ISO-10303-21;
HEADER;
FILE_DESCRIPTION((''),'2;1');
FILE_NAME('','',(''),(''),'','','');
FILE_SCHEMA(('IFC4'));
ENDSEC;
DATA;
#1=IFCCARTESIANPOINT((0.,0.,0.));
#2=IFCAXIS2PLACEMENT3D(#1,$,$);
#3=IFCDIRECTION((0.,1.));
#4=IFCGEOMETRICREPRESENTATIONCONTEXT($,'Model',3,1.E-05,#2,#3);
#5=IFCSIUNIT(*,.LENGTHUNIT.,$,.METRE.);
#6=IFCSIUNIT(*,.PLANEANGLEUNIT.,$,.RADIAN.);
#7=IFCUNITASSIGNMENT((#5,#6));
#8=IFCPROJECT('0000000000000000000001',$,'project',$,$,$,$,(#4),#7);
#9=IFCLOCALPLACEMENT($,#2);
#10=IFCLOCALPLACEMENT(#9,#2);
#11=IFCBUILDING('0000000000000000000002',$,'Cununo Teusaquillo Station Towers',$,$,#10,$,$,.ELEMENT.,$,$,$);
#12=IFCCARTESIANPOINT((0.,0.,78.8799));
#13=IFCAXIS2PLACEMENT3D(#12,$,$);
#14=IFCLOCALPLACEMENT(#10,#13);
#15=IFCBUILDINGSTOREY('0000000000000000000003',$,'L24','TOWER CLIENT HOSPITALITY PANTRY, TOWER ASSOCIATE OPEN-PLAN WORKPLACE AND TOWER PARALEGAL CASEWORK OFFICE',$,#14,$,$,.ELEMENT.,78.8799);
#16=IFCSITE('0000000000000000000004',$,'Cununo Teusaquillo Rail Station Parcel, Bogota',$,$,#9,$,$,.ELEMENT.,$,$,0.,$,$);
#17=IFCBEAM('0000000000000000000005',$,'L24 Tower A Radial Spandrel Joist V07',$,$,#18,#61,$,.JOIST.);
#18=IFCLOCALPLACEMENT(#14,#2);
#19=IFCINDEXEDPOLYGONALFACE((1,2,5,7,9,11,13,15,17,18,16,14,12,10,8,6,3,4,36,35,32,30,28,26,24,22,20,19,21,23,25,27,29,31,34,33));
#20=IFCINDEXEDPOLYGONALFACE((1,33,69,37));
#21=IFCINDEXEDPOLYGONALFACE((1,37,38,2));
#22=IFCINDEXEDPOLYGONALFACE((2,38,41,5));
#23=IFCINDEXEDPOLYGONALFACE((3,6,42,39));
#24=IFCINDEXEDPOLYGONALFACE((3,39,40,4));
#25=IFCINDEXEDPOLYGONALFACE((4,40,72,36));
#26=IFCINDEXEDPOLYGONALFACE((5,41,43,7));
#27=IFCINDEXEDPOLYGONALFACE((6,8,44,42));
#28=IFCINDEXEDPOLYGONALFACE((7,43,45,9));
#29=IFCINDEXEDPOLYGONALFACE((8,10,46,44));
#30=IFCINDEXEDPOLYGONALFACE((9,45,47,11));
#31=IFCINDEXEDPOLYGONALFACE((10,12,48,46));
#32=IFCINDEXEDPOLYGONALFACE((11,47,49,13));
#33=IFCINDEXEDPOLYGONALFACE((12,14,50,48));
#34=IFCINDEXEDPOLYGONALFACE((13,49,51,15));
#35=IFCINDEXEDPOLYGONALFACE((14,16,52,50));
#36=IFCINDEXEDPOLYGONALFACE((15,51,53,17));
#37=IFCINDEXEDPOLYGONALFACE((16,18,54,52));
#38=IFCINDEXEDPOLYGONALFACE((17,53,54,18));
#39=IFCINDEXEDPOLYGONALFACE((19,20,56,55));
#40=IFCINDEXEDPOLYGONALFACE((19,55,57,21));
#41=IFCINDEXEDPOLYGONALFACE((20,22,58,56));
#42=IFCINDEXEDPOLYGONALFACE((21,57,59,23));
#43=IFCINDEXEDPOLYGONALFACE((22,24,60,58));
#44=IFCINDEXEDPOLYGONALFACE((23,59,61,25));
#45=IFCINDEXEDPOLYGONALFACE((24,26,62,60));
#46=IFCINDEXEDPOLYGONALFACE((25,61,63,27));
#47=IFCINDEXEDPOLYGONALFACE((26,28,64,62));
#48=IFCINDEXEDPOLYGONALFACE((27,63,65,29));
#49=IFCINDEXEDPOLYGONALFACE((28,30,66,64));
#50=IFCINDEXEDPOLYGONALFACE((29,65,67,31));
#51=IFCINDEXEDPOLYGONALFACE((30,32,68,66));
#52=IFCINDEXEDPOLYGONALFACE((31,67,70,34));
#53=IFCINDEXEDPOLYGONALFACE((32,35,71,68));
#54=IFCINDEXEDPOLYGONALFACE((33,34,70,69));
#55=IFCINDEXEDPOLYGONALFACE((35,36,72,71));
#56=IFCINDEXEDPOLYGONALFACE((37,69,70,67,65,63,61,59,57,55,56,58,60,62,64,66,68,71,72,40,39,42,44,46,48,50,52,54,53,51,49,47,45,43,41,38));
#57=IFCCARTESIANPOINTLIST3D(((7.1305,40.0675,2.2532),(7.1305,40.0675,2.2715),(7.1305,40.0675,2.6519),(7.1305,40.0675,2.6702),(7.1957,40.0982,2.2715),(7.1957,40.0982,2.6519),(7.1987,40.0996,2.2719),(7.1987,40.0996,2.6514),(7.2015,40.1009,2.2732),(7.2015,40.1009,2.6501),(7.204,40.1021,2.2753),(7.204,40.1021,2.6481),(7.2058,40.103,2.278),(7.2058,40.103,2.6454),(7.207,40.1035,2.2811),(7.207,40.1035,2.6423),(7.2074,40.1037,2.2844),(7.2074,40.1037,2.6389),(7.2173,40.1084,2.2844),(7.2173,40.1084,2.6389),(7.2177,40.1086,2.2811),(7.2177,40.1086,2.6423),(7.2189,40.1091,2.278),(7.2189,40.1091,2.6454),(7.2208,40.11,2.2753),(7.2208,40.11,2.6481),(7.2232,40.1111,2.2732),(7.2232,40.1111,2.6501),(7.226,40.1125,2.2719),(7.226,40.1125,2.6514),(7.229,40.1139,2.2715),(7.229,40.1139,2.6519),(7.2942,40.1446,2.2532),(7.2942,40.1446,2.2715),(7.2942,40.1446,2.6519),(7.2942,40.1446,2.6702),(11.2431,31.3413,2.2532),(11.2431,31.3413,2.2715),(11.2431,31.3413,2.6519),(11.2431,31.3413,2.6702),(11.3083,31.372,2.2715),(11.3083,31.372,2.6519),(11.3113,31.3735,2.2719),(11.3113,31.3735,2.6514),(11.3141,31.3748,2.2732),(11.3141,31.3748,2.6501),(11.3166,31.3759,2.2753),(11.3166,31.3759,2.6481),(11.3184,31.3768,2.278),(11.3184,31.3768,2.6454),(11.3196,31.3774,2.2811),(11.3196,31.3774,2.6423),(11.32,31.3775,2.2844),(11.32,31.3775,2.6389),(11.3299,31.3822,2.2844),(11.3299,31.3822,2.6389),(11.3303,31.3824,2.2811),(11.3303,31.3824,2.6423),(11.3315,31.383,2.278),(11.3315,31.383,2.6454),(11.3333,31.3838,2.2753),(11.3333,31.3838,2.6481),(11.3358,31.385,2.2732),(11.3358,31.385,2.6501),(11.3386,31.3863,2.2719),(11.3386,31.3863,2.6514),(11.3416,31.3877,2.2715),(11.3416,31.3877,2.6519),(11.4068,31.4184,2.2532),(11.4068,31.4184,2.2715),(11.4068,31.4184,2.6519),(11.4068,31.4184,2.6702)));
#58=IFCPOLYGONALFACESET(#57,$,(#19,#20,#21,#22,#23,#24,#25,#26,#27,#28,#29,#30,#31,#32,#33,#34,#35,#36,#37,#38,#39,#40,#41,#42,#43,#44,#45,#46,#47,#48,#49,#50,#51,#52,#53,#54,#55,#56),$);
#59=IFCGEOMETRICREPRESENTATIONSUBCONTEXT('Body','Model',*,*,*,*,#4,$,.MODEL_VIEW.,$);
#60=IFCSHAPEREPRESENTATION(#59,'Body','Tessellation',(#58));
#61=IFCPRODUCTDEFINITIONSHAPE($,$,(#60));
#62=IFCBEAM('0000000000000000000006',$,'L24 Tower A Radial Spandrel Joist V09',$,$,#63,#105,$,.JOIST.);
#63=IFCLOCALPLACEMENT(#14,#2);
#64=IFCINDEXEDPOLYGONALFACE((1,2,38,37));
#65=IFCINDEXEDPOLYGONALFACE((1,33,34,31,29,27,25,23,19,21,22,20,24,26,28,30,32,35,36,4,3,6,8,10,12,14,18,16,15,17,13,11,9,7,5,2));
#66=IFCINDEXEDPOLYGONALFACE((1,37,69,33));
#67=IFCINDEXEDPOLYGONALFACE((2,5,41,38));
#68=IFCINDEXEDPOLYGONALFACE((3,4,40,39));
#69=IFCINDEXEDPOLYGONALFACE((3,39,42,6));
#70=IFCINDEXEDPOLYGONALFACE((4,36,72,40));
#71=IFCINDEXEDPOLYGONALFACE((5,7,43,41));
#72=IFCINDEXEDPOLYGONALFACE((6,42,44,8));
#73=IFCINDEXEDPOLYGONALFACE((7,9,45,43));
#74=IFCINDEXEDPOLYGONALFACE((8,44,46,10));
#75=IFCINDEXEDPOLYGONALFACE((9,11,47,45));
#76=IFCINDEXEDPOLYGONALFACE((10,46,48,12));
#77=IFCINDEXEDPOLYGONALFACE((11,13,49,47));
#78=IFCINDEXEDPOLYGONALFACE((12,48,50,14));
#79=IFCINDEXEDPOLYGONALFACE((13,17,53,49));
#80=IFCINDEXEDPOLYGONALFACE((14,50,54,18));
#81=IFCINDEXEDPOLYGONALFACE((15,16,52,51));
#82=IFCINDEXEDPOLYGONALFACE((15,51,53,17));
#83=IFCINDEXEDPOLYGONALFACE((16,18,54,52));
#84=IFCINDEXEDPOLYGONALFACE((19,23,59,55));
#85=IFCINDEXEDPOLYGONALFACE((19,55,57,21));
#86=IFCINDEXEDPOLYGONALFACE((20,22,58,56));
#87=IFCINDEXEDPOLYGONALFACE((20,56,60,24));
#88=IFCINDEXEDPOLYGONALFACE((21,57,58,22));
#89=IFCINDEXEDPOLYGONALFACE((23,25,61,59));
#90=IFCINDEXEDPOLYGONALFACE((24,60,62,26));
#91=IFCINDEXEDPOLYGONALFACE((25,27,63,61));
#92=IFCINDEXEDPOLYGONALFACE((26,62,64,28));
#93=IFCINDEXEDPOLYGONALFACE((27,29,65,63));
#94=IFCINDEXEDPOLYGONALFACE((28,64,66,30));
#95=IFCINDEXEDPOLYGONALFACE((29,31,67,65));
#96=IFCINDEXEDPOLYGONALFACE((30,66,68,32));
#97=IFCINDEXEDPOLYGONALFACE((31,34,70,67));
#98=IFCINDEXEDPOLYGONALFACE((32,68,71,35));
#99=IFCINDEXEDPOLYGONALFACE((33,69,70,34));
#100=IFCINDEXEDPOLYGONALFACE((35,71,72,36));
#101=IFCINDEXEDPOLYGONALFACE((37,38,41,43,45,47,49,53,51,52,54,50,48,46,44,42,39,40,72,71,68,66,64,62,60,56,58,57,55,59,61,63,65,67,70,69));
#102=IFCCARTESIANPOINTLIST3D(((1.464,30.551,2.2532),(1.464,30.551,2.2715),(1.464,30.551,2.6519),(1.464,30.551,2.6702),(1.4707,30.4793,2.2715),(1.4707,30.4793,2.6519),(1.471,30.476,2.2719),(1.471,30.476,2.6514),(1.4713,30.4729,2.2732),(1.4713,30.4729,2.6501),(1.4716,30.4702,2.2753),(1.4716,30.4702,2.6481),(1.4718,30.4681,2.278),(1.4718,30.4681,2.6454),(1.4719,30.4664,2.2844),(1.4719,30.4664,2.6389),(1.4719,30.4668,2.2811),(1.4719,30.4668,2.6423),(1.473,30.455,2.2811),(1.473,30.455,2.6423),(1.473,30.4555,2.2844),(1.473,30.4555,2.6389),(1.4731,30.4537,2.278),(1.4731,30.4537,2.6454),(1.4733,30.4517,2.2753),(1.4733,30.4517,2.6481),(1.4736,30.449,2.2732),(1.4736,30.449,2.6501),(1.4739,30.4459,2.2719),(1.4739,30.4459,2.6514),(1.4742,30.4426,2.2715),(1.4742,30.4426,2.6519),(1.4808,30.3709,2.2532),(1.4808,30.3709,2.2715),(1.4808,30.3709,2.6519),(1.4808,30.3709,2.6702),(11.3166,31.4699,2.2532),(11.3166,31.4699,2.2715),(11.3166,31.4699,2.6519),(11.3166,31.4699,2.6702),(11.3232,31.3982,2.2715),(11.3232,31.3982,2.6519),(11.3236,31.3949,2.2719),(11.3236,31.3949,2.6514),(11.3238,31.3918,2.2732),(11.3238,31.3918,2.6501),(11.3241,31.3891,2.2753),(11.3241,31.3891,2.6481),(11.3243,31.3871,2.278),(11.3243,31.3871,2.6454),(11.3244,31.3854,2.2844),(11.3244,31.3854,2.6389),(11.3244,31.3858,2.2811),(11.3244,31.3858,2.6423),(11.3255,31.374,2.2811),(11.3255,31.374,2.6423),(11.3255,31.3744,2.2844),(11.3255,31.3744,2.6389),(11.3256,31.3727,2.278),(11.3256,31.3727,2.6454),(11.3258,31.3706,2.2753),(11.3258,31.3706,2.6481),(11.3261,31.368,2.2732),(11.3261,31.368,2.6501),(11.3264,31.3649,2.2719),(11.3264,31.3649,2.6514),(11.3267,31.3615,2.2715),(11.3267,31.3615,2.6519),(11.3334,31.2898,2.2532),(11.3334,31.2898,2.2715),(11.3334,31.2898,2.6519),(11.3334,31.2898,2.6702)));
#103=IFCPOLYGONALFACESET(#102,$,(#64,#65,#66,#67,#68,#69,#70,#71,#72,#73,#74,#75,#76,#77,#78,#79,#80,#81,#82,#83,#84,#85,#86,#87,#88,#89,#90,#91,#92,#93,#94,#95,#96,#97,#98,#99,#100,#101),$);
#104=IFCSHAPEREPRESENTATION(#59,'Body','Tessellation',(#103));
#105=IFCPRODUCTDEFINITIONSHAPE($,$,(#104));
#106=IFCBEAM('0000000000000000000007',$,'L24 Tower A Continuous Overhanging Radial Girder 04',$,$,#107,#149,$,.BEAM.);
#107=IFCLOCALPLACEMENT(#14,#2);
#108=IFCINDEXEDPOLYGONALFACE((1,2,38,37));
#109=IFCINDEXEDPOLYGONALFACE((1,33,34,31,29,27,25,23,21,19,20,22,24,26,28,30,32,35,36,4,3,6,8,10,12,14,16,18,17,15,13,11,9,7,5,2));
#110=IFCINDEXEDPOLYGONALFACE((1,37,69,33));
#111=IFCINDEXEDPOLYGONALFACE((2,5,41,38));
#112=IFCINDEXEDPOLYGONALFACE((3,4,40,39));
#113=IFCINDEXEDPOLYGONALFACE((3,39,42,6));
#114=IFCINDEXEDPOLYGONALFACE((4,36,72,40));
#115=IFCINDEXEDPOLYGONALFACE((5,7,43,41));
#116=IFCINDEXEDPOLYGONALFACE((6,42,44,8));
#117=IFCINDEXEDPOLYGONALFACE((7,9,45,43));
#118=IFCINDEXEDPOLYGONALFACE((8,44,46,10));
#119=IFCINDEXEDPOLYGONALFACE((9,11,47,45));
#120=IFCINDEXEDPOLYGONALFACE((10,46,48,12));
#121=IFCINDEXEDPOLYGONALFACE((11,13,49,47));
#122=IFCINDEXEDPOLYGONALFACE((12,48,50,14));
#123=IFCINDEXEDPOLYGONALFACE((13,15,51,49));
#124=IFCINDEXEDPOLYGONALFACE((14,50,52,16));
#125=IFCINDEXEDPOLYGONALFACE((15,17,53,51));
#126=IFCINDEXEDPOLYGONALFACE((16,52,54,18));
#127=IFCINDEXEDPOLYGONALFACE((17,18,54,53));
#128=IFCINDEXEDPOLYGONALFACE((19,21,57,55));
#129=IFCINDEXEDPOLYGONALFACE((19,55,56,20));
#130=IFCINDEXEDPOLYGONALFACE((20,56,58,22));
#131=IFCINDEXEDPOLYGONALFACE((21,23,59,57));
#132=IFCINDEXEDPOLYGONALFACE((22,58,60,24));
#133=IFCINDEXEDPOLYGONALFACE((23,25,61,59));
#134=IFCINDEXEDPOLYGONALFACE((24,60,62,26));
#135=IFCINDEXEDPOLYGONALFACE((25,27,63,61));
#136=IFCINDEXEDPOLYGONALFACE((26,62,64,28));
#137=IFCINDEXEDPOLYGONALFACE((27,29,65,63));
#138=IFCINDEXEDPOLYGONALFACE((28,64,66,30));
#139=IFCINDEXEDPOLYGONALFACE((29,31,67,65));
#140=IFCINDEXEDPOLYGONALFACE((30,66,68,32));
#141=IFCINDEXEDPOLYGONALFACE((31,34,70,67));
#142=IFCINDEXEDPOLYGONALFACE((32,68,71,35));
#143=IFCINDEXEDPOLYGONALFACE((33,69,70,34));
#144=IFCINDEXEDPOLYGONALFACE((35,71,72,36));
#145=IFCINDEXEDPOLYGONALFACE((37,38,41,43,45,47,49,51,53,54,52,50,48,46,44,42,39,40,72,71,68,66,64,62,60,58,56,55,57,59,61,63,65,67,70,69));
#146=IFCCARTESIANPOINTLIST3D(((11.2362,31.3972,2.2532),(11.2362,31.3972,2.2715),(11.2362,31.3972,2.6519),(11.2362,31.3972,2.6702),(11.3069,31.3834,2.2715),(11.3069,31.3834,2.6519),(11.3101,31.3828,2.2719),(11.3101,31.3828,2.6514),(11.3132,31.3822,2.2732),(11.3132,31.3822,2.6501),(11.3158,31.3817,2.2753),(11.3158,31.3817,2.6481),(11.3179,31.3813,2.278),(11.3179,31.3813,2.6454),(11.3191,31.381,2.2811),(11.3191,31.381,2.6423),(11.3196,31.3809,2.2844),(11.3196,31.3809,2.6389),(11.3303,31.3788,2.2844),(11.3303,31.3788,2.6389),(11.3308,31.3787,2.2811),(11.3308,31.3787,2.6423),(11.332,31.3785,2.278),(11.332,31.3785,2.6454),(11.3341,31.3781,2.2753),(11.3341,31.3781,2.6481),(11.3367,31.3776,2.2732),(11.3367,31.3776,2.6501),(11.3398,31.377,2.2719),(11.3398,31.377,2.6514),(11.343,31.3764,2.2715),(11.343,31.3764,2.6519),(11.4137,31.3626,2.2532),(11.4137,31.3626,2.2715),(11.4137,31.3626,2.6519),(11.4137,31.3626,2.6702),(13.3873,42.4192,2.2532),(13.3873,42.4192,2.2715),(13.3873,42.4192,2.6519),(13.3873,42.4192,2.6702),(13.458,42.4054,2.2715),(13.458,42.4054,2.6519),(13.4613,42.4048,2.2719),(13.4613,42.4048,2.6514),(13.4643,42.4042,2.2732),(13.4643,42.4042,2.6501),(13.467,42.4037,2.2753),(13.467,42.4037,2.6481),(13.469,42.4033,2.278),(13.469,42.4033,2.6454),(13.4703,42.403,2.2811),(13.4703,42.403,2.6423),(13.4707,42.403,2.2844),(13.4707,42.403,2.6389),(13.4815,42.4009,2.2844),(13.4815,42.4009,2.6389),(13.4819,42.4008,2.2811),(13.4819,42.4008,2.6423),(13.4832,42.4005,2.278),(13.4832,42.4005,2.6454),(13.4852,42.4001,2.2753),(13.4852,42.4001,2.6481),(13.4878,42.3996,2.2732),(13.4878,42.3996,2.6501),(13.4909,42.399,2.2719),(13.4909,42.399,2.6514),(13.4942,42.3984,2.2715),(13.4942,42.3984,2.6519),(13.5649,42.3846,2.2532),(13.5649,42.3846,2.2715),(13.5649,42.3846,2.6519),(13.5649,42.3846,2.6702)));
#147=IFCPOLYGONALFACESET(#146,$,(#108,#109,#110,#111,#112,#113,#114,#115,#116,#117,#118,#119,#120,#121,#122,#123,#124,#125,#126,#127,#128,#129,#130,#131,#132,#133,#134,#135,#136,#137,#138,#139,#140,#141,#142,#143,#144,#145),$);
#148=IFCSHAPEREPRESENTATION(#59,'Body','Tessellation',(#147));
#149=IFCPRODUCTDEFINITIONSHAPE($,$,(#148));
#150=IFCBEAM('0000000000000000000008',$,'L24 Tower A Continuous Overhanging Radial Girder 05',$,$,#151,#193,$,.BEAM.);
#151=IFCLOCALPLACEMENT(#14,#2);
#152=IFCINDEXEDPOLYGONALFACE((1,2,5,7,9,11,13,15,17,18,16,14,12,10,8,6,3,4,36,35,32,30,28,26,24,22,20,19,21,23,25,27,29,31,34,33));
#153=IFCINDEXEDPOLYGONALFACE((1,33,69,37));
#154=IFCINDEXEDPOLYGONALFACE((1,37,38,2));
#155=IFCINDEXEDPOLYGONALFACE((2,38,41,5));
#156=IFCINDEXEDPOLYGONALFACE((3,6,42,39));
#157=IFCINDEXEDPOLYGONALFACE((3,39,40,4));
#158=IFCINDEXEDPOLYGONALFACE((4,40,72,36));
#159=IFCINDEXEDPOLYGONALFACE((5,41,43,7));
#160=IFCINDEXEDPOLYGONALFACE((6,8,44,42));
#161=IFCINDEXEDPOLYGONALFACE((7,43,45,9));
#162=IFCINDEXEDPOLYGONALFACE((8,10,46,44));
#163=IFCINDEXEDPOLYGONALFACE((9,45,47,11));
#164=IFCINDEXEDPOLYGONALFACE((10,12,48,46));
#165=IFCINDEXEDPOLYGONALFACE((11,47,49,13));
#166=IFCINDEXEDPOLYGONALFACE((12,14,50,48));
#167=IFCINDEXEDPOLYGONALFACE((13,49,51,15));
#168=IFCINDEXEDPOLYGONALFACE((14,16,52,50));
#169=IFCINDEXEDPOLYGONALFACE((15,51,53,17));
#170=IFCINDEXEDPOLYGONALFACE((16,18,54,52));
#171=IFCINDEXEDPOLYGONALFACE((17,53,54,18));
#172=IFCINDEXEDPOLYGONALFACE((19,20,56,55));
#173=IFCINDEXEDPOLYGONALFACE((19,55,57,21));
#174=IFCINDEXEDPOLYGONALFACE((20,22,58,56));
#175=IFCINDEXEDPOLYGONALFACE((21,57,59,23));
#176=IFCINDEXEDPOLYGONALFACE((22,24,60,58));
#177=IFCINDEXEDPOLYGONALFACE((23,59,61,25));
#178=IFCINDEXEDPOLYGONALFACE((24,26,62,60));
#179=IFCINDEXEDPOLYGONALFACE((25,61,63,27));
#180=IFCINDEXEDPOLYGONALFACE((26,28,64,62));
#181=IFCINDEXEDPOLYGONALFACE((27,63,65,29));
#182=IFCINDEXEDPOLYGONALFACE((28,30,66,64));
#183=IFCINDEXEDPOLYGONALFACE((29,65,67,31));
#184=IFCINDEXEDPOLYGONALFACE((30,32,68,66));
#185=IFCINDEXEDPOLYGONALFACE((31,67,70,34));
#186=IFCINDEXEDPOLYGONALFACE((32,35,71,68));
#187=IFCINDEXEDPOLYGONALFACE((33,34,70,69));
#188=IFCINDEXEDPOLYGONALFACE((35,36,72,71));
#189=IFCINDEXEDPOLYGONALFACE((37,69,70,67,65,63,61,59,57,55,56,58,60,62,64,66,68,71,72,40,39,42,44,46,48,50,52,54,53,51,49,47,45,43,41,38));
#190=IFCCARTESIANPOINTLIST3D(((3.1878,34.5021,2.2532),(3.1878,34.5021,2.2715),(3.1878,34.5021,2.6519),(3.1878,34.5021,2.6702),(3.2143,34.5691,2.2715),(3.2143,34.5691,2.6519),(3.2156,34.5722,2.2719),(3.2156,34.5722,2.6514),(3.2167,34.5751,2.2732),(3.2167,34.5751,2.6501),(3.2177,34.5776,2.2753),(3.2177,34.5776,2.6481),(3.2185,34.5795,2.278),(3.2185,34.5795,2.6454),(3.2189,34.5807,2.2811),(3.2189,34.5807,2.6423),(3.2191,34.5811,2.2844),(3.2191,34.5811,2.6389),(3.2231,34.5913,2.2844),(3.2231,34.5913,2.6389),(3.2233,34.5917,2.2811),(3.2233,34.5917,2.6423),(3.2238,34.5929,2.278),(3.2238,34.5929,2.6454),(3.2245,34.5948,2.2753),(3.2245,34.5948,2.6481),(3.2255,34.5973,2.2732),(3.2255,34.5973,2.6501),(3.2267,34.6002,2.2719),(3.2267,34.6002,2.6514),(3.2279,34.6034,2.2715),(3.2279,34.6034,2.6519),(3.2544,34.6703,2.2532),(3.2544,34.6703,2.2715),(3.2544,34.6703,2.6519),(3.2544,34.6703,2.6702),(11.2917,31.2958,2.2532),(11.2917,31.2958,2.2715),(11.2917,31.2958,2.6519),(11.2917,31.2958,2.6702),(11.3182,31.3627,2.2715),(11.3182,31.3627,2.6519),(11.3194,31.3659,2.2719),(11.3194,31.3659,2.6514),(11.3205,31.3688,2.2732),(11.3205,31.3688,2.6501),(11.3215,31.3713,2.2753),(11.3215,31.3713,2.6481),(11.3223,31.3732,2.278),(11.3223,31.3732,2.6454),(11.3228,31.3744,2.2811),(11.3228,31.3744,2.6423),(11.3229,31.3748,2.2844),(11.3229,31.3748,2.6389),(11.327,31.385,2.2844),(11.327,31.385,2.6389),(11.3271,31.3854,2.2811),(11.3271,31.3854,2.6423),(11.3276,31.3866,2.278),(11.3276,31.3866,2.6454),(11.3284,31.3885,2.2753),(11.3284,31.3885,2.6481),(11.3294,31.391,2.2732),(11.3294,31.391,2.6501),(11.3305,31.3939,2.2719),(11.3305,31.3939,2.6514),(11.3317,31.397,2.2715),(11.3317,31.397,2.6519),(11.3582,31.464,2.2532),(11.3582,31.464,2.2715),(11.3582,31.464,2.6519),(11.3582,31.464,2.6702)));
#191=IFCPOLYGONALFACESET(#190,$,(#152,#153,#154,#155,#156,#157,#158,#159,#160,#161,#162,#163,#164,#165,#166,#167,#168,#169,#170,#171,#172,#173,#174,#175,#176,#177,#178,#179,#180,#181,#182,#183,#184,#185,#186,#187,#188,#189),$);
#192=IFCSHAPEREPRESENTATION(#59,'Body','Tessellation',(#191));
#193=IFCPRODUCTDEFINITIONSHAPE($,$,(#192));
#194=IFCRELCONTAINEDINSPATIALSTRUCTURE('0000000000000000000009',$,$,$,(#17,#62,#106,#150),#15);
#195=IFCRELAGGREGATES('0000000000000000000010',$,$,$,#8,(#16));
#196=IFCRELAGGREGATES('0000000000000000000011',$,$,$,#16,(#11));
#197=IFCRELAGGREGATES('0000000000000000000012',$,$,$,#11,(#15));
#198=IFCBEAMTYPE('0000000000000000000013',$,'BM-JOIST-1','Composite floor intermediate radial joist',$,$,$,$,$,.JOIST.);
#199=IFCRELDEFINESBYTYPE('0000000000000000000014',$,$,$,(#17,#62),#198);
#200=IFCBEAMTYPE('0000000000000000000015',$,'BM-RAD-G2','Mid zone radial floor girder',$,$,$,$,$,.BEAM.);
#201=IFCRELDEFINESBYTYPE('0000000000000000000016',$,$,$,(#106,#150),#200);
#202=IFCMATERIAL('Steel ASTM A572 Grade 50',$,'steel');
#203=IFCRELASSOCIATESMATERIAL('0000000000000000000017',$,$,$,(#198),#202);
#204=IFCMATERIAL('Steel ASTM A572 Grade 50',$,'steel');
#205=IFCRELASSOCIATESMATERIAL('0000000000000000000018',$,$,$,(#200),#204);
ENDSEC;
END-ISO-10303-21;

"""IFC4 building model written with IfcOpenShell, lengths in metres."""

from ifc_helpers import new_model, si_unit, direction, frame, origin, origin_2d, place, context, subcontext, project, spatial, i_section, extrude, material, material_profile, profile_set, type_object, element, save


model = new_model("IFC4")

# Units and contexts
model_context = context("Model", 3, precision=1e-05, world=origin(), true_north=direction((0.0, 1.0)))
body_context = subcontext(model_context, "Body", "Model", "MODEL_VIEW")
ifc_project = project(units=[si_unit("LENGTHUNIT", "METRE"), si_unit("PLANEANGLEUNIT", "RADIAN")], contexts=[model_context])

# Site, building, storey
site_placement = place(None, origin())
site = spatial("IfcSite", under=ifc_project, at=site_placement, Name="Cununo Teusaquillo Rail Station Parcel, Bogota", CompositionType="ELEMENT", RefElevation=0.0)
building_placement = place(site_placement, origin())
building = spatial("IfcBuilding", under=site, at=building_placement, Name="Cununo Teusaquillo Station Towers", CompositionType="ELEMENT")
storey_placement = place(building_placement, frame((0.0, 0.0, 78.8799)))
storey = spatial("IfcBuildingStorey", under=building, at=storey_placement, Name="L24", Description="TOWER CLIENT HOSPITALITY PANTRY, TOWER ASSOCIATE OPEN-PLAN WORKPLACE AND TOWER PARALEGAL CASEWORK OFFICE", CompositionType="ELEMENT", Elevation=78.8799)

# Beams
ifc_material_1 = material(Name="Steel ASTM A572 Grade 50", Category="steel")
ifc_material_profile_1 = material_profile(ifc_material_1, i_section(OverallWidth=0.1809, OverallDepth=0.417, WebThickness=0.011, FlangeThickness=0.0183, FilletRadius=0.0129, at=origin_2d()), Name="W16X57")
ifc_profile_set_1 = profile_set([ifc_material_profile_1], Name="Steel ASTM A572 Grade 50")
beam_type_1 = type_object("IfcBeamType", Name="BM-JOIST-1", Description="Composite floor intermediate radial joist", PredefinedType="JOIST", material=ifc_profile_set_1)
beam_1_placement = place(storey_placement, frame((11.325, 31.3799, 2.4617), z_axis=(-0.42632, 0.904572, 0.0), x_axis=(-0.904572, -0.42632, 0.0)))
element("IfcBeam", 1, at=beam_1_placement, inside=storey, type_object=beam_type_1, Name="L24 Tower A Radial Spandrel Joist V07", PredefinedType="JOIST", context=body_context, shape_type="SweptSolid", body=[
    extrude(i_section(OverallWidth=0.1809, OverallDepth=0.417, WebThickness=0.011, FlangeThickness=0.0183, FilletRadius=0.0129, at=origin_2d()), origin(), (0.0, 0.0, 1.0), 9.6467),
])
beam_2_placement = place(storey_placement, frame((11.325, 31.3799, 2.4617), z_axis=(-0.995679, -0.092867, 0.0), x_axis=(0.092867, -0.995679, 0.0)))
element("IfcBeam", 2, at=beam_2_placement, inside=storey, type_object=beam_type_1, Name="L24 Tower A Radial Spandrel Joist V09", PredefinedType="JOIST", context=body_context, shape_type="SweptSolid", body=[
    extrude(i_section(OverallWidth=0.1809, OverallDepth=0.417, WebThickness=0.011, FlangeThickness=0.0183, FilletRadius=0.0129, at=origin_2d()), origin(), (0.0, 0.0, 1.0), 9.8953),
])
ifc_material_2 = material(Name="Steel ASTM A572 Grade 50", Category="steel")
ifc_material_profile_2 = material_profile(ifc_material_2, i_section(OverallWidth=0.1809, OverallDepth=0.417, WebThickness=0.011, FlangeThickness=0.0183, FilletRadius=0.0129, at=origin_2d()), Name="W16X57")
ifc_profile_set_2 = profile_set([ifc_material_profile_2], Name="Steel ASTM A572 Grade 50")
beam_type_2 = type_object("IfcBeamType", Name="BM-RAD-G2", Description="Mid zone radial floor girder", PredefinedType="BEAM", material=ifc_profile_set_2)
beam_3_placement = place(storey_placement, frame((11.325, 31.3799, 2.4617), z_axis=(0.191553, 0.981482, 0.0), x_axis=(-0.981482, 0.191553, 0.0)))
element("IfcBeam", 3, at=beam_3_placement, inside=storey, type_object=beam_type_2, Name="L24 Tower A Continuous Overhanging Radial Girder 04", PredefinedType="BEAM", context=body_context, shape_type="SweptSolid", body=[
    extrude(i_section(OverallWidth=0.1809, OverallDepth=0.417, WebThickness=0.011, FlangeThickness=0.0183, FilletRadius=0.0129, at=origin_2d()), origin(), (0.0, 0.0, 1.0), 11.23),
])
beam_4_placement = place(storey_placement, frame((11.325, 31.3799, 2.4617), z_axis=(-0.929863, 0.367906, 0.0), x_axis=(-0.367906, -0.929863, 0.0)))
element("IfcBeam", 4, at=beam_4_placement, inside=storey, type_object=beam_type_2, Name="L24 Tower A Continuous Overhanging Radial Girder 05", PredefinedType="BEAM", context=body_context, shape_type="SweptSolid", body=[
    extrude(i_section(OverallWidth=0.1809, OverallDepth=0.417, WebThickness=0.011, FlangeThickness=0.0183, FilletRadius=0.0129, at=origin_2d()), origin(), (0.0, 0.0, 1.0), 8.7151),
])

save(model, "model.ifc")
